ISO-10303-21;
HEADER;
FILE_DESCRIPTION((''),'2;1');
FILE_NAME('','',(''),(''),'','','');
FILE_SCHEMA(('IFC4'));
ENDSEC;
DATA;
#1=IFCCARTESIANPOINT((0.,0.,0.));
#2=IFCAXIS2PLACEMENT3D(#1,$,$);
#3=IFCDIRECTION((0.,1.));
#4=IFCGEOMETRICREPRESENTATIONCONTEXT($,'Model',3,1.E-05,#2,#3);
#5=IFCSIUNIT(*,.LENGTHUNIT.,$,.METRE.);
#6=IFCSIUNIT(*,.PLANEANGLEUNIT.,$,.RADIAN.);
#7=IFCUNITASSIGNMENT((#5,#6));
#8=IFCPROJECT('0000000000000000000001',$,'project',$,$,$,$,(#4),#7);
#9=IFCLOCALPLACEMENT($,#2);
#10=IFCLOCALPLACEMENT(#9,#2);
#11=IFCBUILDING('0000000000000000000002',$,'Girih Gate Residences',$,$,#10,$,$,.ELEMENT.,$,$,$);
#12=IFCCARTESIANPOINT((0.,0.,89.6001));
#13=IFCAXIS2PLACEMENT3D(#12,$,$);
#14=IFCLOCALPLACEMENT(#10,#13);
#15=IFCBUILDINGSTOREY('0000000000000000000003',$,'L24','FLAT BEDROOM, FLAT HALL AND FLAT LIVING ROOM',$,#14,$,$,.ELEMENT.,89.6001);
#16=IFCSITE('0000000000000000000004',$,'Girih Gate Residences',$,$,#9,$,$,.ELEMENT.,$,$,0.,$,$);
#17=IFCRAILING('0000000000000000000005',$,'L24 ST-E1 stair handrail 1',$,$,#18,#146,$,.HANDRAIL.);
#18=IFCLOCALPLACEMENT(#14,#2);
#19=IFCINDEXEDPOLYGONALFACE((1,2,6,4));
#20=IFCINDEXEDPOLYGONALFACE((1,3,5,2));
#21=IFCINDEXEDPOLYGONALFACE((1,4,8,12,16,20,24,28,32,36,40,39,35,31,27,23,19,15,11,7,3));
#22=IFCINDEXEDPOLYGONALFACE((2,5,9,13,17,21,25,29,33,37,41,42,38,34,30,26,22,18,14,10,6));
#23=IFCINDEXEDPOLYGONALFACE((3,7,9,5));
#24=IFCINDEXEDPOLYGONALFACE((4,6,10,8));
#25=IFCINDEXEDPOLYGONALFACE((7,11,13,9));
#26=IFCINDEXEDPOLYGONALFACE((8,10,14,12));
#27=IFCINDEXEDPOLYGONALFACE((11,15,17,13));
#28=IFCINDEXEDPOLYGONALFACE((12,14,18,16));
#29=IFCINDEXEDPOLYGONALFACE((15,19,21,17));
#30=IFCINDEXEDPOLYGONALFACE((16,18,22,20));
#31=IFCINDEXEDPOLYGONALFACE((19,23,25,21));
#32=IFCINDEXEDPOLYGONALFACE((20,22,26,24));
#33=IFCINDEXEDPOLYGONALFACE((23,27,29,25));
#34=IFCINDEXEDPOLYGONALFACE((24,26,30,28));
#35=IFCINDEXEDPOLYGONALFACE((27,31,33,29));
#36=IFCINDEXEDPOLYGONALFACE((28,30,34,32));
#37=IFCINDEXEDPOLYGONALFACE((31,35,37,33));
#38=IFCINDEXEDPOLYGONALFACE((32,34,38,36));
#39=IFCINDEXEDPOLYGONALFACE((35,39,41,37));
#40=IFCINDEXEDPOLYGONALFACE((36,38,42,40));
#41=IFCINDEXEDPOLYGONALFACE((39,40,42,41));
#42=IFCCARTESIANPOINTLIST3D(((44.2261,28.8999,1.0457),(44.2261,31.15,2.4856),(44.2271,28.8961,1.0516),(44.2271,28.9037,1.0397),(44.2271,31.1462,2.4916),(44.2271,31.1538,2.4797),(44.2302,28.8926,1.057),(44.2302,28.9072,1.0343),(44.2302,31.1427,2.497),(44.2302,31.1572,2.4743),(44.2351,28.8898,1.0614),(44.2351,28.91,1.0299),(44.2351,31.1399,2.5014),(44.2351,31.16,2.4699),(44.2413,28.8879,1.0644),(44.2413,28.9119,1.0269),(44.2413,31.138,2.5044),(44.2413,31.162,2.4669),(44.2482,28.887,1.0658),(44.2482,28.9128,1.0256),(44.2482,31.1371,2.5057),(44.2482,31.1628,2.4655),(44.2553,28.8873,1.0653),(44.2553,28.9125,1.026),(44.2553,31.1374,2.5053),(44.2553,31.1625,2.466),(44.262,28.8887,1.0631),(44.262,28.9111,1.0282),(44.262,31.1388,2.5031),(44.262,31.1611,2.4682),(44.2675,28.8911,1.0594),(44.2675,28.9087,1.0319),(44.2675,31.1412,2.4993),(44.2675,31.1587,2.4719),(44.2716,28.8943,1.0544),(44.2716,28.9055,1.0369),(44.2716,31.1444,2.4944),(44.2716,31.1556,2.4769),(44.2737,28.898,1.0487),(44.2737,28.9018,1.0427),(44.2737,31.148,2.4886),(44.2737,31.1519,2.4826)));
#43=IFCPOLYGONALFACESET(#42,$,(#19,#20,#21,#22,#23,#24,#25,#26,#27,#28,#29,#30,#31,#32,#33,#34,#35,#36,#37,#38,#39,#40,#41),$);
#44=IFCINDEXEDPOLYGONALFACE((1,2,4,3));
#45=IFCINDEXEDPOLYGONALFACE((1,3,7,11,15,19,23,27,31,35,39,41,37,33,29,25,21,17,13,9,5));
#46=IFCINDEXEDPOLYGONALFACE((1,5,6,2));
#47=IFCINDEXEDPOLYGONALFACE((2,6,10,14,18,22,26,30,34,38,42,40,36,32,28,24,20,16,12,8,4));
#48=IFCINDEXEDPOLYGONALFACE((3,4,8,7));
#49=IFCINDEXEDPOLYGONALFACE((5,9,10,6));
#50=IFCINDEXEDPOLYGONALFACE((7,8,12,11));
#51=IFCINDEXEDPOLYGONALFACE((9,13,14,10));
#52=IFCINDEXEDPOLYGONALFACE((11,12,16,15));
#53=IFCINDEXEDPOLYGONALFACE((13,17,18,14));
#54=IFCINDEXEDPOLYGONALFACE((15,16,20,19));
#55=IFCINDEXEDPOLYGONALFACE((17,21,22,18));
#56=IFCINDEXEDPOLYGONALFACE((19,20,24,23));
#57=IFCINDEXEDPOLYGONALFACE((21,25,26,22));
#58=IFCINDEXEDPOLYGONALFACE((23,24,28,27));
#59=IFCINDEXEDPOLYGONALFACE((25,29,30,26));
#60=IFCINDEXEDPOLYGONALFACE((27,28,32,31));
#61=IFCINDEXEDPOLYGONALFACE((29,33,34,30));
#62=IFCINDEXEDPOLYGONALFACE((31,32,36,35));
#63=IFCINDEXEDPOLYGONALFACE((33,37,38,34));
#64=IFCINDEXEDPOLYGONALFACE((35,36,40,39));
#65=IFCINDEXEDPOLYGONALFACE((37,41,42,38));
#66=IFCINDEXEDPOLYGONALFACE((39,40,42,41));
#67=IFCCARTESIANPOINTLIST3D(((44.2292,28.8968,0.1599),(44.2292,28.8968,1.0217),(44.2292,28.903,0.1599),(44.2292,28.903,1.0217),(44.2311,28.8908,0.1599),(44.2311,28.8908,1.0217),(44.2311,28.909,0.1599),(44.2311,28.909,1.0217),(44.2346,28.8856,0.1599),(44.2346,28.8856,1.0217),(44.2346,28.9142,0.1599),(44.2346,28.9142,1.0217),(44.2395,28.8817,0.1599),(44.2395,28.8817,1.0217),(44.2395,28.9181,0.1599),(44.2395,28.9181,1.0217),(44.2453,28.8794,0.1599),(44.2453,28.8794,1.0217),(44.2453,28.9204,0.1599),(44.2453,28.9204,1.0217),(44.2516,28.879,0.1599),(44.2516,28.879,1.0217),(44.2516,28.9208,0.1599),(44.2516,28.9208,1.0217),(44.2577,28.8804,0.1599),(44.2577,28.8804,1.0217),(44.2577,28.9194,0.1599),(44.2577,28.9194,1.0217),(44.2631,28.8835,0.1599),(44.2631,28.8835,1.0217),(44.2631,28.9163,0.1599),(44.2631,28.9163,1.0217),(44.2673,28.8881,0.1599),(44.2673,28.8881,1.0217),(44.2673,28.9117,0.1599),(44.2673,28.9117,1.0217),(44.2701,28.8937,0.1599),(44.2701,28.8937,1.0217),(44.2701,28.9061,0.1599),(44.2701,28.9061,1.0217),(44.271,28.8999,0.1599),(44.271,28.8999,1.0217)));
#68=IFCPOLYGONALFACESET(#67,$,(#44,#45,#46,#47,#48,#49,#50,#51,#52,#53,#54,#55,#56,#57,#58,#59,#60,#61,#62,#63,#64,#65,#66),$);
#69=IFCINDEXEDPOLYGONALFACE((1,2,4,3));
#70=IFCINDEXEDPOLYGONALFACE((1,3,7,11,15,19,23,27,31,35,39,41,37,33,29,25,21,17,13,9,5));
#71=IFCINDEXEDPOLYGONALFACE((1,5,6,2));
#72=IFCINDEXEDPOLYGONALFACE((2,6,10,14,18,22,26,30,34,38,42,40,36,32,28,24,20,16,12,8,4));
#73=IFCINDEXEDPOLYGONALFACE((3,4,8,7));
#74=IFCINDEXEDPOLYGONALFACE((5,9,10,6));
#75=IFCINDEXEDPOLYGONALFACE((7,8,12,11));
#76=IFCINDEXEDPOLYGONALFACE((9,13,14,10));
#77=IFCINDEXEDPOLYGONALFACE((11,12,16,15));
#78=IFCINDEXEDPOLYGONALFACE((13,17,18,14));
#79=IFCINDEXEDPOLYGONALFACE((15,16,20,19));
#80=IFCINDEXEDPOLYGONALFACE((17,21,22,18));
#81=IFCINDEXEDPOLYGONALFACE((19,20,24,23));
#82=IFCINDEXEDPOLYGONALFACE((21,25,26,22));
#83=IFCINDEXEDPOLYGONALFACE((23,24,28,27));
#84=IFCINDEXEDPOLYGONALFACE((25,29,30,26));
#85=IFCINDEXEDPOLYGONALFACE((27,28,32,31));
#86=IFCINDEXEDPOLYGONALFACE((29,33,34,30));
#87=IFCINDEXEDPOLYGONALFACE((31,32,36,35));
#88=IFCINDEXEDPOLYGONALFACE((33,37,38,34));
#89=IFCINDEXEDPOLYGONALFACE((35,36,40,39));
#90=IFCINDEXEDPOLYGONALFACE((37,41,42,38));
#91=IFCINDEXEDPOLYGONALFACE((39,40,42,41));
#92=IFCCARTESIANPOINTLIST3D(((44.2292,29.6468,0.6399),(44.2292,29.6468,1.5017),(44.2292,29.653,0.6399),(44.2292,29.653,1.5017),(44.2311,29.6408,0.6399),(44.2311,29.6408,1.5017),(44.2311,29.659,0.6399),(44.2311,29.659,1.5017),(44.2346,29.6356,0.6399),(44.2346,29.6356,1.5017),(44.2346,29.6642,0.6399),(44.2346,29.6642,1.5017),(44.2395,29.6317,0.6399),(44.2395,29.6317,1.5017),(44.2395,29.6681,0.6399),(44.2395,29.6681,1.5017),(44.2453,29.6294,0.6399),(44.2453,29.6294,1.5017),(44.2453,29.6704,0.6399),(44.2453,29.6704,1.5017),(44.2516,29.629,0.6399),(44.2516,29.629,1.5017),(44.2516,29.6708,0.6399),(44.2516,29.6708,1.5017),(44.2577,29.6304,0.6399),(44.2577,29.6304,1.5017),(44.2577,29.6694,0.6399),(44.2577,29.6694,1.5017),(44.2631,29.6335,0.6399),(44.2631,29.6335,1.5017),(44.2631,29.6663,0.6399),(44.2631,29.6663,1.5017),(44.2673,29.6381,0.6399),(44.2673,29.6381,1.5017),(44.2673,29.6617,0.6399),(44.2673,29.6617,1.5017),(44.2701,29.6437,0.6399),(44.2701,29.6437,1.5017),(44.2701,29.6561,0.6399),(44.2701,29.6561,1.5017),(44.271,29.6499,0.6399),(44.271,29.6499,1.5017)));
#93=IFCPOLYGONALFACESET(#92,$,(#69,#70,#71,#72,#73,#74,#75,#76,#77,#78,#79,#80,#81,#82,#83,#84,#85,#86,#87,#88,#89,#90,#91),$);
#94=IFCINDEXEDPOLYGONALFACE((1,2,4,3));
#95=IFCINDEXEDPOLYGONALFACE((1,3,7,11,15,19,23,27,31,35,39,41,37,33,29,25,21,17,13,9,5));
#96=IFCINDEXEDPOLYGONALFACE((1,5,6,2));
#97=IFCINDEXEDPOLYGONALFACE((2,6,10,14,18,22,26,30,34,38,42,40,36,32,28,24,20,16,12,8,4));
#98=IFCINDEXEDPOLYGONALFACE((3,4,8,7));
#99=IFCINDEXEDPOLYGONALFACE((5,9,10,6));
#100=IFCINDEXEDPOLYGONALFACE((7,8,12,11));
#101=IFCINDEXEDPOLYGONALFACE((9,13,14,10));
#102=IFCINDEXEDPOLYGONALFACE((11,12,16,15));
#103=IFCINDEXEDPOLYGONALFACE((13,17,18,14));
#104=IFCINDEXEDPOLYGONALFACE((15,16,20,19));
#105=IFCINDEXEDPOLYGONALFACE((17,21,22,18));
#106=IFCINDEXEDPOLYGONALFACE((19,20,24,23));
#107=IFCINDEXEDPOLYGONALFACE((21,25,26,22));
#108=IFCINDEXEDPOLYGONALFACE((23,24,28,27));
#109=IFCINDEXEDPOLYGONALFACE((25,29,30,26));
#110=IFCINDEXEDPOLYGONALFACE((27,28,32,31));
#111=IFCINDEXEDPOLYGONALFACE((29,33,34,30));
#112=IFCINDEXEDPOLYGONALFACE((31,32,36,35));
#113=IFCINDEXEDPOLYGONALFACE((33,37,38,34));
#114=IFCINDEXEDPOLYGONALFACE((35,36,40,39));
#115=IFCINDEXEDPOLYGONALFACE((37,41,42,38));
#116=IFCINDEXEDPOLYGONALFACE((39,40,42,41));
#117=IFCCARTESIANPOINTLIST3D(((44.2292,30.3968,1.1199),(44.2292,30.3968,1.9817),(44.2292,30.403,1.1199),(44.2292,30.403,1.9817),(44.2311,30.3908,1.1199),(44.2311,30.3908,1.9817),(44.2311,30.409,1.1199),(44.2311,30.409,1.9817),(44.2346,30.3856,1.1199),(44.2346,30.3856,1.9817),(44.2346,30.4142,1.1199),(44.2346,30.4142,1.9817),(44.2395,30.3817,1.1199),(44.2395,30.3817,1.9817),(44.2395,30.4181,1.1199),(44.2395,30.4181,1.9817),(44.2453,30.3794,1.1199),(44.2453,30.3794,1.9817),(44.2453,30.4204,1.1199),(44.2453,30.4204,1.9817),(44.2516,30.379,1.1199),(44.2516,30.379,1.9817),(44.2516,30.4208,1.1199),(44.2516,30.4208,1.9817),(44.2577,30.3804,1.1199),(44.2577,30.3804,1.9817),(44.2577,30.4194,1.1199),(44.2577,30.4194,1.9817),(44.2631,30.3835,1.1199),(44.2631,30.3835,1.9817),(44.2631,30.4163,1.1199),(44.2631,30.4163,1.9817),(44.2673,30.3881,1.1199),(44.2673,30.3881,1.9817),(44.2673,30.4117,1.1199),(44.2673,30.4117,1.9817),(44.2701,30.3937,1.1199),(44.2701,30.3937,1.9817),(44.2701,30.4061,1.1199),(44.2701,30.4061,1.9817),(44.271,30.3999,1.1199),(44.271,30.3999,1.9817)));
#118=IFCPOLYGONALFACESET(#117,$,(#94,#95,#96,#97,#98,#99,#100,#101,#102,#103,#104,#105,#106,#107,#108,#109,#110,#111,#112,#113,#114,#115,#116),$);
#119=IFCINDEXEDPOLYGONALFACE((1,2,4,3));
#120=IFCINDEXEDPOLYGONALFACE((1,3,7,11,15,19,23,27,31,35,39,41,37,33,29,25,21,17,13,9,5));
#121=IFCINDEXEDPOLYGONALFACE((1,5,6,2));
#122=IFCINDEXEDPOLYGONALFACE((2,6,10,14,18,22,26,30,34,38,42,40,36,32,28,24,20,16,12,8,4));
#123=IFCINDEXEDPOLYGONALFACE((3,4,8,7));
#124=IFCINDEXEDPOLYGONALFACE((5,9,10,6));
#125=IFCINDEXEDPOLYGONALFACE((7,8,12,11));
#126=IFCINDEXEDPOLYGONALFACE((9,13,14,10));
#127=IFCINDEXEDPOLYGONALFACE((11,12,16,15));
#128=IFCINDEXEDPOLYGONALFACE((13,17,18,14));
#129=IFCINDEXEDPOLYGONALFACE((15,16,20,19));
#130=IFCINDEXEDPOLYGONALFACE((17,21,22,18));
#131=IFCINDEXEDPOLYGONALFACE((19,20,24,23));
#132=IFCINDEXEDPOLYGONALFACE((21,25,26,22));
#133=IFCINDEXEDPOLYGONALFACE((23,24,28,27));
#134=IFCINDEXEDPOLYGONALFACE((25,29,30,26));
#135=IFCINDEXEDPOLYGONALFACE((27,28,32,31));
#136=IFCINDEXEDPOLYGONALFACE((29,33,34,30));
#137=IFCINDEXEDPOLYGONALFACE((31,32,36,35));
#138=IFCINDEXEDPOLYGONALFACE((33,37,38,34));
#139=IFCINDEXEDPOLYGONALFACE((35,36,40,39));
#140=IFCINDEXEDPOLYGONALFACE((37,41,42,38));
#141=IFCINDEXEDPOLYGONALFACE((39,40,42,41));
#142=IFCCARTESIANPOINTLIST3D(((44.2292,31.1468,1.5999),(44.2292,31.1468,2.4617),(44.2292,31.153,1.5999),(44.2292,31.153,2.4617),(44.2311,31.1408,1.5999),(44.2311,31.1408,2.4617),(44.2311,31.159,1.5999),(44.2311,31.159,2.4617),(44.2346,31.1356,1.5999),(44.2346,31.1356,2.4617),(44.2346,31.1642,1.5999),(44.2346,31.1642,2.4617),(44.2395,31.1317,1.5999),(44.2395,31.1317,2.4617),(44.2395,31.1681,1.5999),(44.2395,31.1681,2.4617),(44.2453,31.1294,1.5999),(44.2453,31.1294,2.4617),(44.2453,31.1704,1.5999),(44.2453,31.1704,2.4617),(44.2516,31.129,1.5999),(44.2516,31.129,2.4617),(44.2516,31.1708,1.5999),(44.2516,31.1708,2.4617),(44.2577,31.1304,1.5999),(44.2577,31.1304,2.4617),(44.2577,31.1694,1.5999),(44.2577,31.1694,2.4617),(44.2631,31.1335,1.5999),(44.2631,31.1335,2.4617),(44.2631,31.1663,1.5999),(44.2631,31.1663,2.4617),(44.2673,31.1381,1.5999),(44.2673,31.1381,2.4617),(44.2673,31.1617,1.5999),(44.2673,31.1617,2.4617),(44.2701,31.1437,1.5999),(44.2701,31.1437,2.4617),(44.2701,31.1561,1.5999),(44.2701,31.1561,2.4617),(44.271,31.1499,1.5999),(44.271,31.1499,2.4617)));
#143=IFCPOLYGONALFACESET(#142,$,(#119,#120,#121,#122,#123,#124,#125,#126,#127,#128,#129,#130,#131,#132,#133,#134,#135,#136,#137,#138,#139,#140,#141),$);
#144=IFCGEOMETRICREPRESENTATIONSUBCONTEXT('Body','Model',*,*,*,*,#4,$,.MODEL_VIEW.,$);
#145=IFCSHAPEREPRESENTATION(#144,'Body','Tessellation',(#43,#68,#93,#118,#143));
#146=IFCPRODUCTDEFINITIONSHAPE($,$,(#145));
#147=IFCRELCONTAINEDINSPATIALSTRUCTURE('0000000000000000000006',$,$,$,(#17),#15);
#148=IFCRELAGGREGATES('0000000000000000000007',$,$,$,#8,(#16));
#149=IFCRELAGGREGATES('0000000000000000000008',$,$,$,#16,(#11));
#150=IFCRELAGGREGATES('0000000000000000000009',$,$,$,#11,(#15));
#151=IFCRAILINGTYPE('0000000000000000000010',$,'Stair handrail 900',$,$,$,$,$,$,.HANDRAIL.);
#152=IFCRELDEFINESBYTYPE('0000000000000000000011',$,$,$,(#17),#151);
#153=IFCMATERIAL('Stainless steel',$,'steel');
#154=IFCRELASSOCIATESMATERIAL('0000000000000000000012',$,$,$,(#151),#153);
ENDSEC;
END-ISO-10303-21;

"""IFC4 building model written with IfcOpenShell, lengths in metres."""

from ifc_helpers import new_model, si_unit, direction, frame, origin, origin_2d, place, context, subcontext, project, spatial, circle, extrude, material, type_object, element, save


model = new_model("IFC4")

# Units and contexts
model_context = context("Model", 3, precision=1e-05, world=origin(), true_north=direction((0.0, 1.0)))
body_context = subcontext(model_context, "Body", "Model", "MODEL_VIEW")
ifc_project = project(units=[si_unit("LENGTHUNIT", "METRE"), si_unit("PLANEANGLEUNIT", "RADIAN")], contexts=[model_context])

# Site, building, storey
site_placement = place(None, origin())
site = spatial("IfcSite", under=ifc_project, at=site_placement, Name="Girih Gate Residences", CompositionType="ELEMENT", RefElevation=0.0)
building_placement = place(site_placement, origin())
building = spatial("IfcBuilding", under=site, at=building_placement, Name="Girih Gate Residences", CompositionType="ELEMENT")
storey_placement = place(building_placement, frame((0.0, 0.0, 89.6001)))
storey = spatial("IfcBuildingStorey", under=building, at=storey_placement, Name="L24", Description="FLAT BEDROOM, FLAT HALL AND FLAT LIVING ROOM", CompositionType="ELEMENT", Elevation=89.6001)

# Railing
ifc_material_1 = material(Name="Stainless steel", Category="steel")
railing_type_1 = type_object("IfcRailingType", Name="Stair handrail 900", PredefinedType="HANDRAIL", material=ifc_material_1)
railing_1_placement = place(storey_placement, frame((44.25, 28.8999, 0.1599)))
element("IfcRailing", 1, at=railing_1_placement, inside=storey, type_object=railing_type_1, Name="L24 ST-E1 stair handrail 1", PredefinedType="HANDRAIL", context=body_context, shape_type="SweptSolid", body=[
    extrude(circle(Radius=0.0239, at=origin_2d()), frame((0.0, 0.0, 0.8857), z_axis=(0.0, 0.842281, 0.539038), x_axis=(-1.0, 0.0, 0.0)), (0.0, 0.0, 1.0), 2.6714),
    extrude(circle(Radius=0.021, at=origin_2d()), origin(), (0.0, 0.0, 1.0), 0.8618),
    extrude(circle(Radius=0.021, at=origin_2d()), frame((0.0, 0.75, 0.48)), (0.0, 0.0, 1.0), 0.8618),
    extrude(circle(Radius=0.021, at=origin_2d()), frame((0.0, 1.5, 0.96)), (0.0, 0.0, 1.0), 0.8618),
    extrude(circle(Radius=0.021, at=origin_2d()), frame((0.0, 2.25, 1.4399)), (0.0, 0.0, 1.0), 0.8618),
])

save(model, "model.ifc")
